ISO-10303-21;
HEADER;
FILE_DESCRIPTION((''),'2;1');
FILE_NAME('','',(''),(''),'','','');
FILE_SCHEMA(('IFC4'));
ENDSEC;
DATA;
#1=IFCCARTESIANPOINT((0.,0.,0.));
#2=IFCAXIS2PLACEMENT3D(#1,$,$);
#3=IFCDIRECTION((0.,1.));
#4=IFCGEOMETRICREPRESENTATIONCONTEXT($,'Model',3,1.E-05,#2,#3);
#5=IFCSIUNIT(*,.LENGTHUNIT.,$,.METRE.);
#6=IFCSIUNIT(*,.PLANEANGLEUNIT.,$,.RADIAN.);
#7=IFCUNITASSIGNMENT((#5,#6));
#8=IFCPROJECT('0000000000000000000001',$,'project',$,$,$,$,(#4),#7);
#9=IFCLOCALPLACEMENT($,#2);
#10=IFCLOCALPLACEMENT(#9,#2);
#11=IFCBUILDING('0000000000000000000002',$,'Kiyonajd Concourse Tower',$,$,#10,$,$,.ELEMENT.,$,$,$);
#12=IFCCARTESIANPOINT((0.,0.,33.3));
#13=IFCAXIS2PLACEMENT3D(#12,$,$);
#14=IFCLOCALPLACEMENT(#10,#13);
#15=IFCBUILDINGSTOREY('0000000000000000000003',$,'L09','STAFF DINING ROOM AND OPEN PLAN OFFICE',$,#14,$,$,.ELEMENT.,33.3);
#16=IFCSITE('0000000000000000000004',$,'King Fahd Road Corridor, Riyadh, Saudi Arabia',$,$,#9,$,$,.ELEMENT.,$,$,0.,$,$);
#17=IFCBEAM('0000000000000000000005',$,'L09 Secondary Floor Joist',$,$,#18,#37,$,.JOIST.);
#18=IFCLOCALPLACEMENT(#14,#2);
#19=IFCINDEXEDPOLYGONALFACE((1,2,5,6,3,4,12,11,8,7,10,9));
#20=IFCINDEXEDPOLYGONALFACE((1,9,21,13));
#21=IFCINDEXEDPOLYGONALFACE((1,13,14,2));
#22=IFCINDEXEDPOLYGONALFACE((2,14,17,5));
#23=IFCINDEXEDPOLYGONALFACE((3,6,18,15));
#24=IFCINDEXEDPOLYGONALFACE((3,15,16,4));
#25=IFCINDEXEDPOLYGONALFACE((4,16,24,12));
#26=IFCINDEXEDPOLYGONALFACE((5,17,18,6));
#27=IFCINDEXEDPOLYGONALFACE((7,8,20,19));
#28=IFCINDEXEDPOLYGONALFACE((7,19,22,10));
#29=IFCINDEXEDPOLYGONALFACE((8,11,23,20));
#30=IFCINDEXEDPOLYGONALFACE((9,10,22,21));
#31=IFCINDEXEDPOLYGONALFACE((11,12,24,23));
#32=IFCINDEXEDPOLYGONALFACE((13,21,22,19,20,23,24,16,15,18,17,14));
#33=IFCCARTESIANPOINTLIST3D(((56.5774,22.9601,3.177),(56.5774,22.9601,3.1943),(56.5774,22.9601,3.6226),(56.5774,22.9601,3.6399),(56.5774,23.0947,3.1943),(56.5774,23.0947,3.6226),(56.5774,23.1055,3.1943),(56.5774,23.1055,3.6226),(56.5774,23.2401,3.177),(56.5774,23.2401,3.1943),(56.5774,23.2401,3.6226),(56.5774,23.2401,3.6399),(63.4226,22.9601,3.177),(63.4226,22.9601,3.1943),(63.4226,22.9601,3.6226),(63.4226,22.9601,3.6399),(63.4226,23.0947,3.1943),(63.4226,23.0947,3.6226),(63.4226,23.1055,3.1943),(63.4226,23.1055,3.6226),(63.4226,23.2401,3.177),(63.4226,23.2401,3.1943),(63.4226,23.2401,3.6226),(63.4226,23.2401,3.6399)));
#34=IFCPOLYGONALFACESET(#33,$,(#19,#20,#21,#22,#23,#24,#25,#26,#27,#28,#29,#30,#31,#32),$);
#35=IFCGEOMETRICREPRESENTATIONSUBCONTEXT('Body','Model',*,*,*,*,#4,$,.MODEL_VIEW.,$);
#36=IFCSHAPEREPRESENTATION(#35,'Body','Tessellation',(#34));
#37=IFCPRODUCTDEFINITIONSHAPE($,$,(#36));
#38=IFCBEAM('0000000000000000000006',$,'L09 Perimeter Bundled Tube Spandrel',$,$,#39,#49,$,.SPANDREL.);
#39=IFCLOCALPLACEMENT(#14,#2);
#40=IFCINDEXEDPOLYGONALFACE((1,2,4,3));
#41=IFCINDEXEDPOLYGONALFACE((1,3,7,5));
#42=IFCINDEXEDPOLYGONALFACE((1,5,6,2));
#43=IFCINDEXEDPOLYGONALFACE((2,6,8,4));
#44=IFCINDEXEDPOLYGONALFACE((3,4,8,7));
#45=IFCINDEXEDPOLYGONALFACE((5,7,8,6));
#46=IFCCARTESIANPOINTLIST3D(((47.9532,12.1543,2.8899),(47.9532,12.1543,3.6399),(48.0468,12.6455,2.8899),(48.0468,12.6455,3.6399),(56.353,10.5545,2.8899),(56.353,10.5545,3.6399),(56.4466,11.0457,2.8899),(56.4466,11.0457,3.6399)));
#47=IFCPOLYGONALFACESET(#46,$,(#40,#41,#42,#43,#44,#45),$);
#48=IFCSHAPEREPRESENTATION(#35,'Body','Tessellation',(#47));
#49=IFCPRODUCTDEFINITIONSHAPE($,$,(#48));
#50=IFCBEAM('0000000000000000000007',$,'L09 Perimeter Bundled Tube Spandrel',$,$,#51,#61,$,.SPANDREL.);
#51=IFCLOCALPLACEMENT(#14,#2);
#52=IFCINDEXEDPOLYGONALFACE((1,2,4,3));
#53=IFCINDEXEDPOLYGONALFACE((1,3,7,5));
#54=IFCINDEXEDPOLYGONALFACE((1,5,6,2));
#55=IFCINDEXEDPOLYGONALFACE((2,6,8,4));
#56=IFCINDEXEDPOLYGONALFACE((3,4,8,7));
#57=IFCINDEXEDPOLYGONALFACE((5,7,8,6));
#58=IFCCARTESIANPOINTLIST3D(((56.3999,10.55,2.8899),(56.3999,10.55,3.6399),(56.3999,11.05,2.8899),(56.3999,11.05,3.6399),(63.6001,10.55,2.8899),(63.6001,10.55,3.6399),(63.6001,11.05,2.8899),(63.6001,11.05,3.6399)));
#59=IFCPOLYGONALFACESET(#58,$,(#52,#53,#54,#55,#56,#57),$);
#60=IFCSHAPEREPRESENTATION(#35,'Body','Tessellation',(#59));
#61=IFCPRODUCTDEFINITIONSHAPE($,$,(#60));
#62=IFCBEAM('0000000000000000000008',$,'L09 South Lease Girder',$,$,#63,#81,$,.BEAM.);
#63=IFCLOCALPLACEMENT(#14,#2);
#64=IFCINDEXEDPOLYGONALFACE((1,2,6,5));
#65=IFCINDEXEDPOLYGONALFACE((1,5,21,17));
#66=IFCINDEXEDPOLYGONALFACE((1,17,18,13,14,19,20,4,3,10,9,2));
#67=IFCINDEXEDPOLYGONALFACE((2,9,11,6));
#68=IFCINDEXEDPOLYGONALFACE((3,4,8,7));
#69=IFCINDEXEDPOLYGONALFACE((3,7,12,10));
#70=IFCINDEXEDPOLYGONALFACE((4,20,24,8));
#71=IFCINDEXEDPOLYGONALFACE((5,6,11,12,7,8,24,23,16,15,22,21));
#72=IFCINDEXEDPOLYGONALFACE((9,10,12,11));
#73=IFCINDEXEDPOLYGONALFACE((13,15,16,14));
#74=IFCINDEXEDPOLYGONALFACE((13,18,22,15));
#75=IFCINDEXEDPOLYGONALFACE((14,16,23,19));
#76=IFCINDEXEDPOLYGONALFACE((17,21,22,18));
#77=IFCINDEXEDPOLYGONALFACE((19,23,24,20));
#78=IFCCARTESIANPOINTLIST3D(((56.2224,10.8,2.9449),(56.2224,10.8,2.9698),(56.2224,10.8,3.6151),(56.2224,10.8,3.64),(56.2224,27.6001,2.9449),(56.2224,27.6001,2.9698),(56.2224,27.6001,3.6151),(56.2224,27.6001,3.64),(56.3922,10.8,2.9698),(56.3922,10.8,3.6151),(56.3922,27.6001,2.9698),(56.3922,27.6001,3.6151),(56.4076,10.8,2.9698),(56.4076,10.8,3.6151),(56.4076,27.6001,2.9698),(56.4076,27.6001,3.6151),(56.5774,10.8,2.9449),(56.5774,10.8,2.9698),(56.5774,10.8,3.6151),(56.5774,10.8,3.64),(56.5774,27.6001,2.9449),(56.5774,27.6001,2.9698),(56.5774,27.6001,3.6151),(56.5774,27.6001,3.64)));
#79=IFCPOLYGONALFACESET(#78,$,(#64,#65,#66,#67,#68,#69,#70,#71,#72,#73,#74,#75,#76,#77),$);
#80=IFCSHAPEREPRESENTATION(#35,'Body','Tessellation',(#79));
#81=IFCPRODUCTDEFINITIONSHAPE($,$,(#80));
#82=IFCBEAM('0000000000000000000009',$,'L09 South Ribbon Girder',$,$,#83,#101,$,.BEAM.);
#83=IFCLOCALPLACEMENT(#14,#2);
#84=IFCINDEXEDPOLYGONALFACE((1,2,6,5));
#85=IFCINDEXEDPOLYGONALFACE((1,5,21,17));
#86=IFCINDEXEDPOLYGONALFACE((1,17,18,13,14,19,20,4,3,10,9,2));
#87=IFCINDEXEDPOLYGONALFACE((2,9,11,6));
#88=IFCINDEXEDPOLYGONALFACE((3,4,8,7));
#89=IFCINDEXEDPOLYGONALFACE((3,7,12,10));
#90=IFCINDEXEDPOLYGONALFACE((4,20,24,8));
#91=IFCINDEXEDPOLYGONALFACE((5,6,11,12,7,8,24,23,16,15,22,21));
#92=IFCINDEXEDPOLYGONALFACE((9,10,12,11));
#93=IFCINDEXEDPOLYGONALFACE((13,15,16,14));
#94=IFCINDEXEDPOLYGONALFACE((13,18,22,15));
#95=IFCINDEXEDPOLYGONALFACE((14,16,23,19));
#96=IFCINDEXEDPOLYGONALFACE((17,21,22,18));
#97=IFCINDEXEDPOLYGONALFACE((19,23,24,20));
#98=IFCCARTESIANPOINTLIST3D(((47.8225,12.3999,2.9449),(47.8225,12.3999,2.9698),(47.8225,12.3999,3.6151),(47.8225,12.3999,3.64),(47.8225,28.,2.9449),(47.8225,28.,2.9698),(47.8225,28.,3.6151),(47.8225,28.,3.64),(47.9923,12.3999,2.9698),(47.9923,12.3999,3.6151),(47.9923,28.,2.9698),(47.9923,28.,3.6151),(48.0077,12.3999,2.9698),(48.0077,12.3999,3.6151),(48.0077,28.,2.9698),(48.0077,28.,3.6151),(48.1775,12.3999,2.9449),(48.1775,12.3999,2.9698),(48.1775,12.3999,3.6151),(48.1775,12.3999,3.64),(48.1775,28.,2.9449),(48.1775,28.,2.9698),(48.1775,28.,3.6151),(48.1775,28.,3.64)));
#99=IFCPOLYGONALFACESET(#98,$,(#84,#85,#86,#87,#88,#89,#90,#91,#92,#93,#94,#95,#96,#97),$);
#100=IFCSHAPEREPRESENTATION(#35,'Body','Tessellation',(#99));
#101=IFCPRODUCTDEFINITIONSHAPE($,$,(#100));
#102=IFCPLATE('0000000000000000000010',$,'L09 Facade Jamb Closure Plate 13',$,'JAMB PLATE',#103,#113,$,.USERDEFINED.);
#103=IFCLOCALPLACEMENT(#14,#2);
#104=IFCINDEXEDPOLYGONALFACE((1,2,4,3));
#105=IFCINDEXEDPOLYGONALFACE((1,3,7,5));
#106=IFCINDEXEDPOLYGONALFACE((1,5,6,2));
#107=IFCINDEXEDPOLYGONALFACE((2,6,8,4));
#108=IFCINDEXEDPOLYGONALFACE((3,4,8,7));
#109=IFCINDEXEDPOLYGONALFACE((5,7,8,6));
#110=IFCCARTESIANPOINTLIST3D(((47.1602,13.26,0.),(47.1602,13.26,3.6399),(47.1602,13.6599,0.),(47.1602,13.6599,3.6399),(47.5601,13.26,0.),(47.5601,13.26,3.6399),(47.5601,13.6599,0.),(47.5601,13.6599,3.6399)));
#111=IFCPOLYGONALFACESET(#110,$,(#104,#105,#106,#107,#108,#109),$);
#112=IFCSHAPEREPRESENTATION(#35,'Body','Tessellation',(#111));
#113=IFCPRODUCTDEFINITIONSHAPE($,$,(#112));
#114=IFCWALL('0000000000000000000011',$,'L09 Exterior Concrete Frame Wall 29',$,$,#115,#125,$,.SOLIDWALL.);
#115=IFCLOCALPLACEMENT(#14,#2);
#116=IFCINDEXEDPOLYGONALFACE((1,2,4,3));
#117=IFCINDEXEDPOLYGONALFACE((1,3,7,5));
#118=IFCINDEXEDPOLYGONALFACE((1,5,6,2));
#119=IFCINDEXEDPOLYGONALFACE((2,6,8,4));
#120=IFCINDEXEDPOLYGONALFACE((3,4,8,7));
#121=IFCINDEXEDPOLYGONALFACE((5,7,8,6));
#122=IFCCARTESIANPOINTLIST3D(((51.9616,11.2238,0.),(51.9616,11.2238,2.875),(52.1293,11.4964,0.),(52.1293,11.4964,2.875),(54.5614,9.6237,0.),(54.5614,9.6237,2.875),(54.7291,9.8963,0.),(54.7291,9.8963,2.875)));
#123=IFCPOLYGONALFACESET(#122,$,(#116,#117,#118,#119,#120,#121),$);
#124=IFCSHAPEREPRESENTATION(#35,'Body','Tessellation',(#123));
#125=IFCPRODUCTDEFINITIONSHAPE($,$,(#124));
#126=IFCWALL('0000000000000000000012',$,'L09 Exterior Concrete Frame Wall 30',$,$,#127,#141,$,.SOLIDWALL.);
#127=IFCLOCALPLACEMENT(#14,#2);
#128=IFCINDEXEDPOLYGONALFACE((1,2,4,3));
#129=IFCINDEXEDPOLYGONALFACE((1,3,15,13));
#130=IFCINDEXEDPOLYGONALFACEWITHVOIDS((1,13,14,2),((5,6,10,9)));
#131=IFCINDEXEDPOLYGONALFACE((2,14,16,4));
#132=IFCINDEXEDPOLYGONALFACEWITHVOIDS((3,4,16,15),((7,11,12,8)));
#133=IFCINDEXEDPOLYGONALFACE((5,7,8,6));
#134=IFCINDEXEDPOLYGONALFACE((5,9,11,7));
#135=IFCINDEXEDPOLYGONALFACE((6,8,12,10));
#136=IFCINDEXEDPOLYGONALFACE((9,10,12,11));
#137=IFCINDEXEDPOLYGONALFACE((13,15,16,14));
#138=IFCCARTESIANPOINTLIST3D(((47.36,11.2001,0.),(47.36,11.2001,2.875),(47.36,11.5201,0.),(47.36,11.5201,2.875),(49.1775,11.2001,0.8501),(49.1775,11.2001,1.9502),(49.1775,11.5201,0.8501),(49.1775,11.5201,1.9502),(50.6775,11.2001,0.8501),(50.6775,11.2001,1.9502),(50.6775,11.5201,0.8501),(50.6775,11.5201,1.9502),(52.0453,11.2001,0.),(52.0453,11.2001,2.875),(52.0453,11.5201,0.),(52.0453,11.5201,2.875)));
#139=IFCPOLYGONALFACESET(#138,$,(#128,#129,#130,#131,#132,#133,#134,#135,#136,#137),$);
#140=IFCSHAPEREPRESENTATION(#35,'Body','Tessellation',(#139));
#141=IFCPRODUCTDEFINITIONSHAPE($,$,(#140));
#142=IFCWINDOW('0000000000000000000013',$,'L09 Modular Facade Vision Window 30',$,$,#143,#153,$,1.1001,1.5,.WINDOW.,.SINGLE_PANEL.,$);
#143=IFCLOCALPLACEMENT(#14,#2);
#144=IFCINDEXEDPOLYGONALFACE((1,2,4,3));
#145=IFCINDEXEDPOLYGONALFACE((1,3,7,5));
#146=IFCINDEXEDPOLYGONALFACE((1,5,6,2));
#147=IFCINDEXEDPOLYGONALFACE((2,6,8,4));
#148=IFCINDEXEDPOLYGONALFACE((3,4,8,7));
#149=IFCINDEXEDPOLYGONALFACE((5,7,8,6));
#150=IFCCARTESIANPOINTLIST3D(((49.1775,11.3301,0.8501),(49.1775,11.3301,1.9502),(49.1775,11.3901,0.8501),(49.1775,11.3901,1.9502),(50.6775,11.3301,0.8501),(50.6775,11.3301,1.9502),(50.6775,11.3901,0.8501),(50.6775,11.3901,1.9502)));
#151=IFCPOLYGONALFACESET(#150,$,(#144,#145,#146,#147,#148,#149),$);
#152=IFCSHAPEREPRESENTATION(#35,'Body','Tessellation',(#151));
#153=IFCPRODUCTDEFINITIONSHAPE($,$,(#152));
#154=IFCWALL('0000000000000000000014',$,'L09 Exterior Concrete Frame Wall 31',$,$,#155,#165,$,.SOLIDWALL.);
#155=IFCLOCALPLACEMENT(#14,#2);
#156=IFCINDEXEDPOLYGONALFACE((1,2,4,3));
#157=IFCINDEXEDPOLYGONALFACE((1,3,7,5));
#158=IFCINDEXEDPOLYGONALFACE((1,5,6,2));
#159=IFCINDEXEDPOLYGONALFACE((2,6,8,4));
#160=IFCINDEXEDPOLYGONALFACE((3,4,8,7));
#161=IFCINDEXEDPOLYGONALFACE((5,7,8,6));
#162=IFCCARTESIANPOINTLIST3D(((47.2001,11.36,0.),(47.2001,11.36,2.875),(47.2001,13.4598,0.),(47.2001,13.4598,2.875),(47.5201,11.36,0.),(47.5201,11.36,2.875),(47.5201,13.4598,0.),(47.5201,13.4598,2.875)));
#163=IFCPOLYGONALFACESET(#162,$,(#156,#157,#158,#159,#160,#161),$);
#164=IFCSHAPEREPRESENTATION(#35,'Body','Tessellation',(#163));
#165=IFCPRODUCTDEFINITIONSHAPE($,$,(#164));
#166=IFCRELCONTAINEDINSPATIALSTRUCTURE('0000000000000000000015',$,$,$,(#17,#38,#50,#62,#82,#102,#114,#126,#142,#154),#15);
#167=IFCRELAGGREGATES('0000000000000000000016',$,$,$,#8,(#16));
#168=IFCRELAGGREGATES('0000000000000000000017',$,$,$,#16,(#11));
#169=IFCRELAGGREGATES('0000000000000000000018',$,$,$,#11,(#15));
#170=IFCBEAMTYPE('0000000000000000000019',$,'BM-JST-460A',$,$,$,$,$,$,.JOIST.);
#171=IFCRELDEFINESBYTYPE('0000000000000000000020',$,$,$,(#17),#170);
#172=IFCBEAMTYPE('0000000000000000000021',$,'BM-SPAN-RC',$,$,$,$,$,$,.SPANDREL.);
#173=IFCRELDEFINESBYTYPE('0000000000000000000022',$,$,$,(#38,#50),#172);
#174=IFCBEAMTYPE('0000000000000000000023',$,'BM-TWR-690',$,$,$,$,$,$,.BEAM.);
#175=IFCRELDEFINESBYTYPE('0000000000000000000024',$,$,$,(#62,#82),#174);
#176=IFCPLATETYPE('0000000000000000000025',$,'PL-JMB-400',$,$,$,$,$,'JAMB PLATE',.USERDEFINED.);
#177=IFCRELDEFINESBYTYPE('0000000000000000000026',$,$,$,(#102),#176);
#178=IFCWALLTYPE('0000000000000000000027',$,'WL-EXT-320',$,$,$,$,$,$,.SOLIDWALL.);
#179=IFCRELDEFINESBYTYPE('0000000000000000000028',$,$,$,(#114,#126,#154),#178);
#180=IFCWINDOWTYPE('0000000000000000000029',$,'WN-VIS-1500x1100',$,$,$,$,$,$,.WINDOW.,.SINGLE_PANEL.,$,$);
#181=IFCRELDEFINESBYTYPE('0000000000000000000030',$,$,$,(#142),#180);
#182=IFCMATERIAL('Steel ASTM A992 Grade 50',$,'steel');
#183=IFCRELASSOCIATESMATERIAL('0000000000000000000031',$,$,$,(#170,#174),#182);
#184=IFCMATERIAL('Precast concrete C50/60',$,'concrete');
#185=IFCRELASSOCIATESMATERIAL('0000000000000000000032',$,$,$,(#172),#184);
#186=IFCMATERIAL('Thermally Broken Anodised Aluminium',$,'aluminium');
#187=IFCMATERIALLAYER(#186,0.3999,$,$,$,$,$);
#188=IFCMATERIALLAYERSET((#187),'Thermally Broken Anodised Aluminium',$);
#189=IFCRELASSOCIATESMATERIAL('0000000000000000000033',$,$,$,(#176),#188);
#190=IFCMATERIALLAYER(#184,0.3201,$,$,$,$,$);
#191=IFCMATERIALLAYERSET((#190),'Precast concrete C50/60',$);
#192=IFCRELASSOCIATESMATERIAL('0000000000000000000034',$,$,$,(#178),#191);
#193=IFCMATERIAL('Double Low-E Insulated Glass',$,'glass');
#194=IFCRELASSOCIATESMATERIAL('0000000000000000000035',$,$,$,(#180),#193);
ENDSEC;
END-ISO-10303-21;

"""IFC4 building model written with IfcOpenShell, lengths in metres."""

from ifc_helpers import new_model, si_unit, direction, frame, frame_2d, origin, origin_2d, place, context, subcontext, project, spatial, rectangle, i_section, extrude, material, layer, layer_set, material_profile, profile_set, type_object, element, fill, save


model = new_model("IFC4")

# Units and contexts
model_context = context("Model", 3, precision=1e-05, world=origin(), true_north=direction((0.0, 1.0)))
body_context = subcontext(model_context, "Body", "Model", "MODEL_VIEW")
ifc_project = project(units=[si_unit("LENGTHUNIT", "METRE"), si_unit("PLANEANGLEUNIT", "RADIAN")], contexts=[model_context])

# Site, building, storey
site_placement = place(None, origin())
site = spatial("IfcSite", under=ifc_project, at=site_placement, Name="King Fahd Road Corridor, Riyadh, Saudi Arabia", CompositionType="ELEMENT", RefElevation=0.0)
building_placement = place(site_placement, origin())
building = spatial("IfcBuilding", under=site, at=building_placement, Name="Kiyonajd Concourse Tower", CompositionType="ELEMENT")
storey_placement = place(building_placement, frame((0.0, 0.0, 33.3)))
storey = spatial("IfcBuildingStorey", under=building, at=storey_placement, Name="L09", Description="STAFF DINING ROOM AND OPEN PLAN OFFICE", CompositionType="ELEMENT", Elevation=33.3)

# Beams
ifc_material_1 = material(Name="Steel ASTM A992 Grade 50", Category="steel")
ifc_material_profile_1 = material_profile(ifc_material_1, i_section(OverallWidth=0.28, OverallDepth=0.4629, WebThickness=0.0107, FlangeThickness=0.0173, at=origin_2d()), Name="W460X113")
ifc_profile_set_1 = profile_set([ifc_material_profile_1], Name="Steel ASTM A992 Grade 50")
beam_type_1 = type_object("IfcBeamType", Name="BM-JST-460A", PredefinedType="JOIST", material=ifc_profile_set_1)
beam_1_placement = place(storey_placement, frame((56.5774, 23.1001, 3.4084), z_axis=(1.0, 0.0, 0.0), x_axis=(0.0, 1.0, 0.0)))
element("IfcBeam", 1, at=beam_1_placement, inside=storey, type_object=beam_type_1, Name="L09 Secondary Floor Joist", PredefinedType="JOIST", context=body_context, shape_type="SweptSolid", body=[
    extrude(i_section(OverallWidth=0.28, OverallDepth=0.4629, WebThickness=0.0107, FlangeThickness=0.0173, at=origin_2d()), origin(), (0.0, 0.0, 1.0), 6.8452),
])
ifc_material_2 = material(Name="Precast concrete C50/60", Category="concrete")
ifc_material_profile_2 = material_profile(ifc_material_2, rectangle(XDim=0.5, YDim=0.75, at=origin_2d()), Name="RCBM-500x750")
ifc_profile_set_2 = profile_set([ifc_material_profile_2], Name="Precast concrete C50/60")
beam_type_2 = type_object("IfcBeamType", Name="BM-SPAN-RC", PredefinedType="SPANDREL", material=ifc_profile_set_2)
beam_2_placement = place(storey_placement, frame((48.0, 12.3999, 3.2649), z_axis=(0.982341, -0.187098, 0.0), x_axis=(0.187098, 0.982341, 0.0)))
element("IfcBeam", 2, at=beam_2_placement, inside=storey, type_object=beam_type_2, Name="L09 Perimeter Bundled Tube Spandrel", PredefinedType="SPANDREL", context=body_context, shape_type="SweptSolid", body=[
    extrude(rectangle(XDim=0.5, YDim=0.75, at=origin_2d()), origin(), (0.0, 0.0, 1.0), 8.5508),
])
beam_3_placement = place(storey_placement, frame((56.3999, 10.8, 3.2649), z_axis=(1.0, 0.0, 0.0), x_axis=(0.0, 1.0, 0.0)))
element("IfcBeam", 3, at=beam_3_placement, inside=storey, type_object=beam_type_2, Name="L09 Perimeter Bundled Tube Spandrel", PredefinedType="SPANDREL", context=body_context, shape_type="SweptSolid", body=[
    extrude(rectangle(XDim=0.5, YDim=0.75, at=origin_2d()), origin(), (0.0, 0.0, 1.0), 7.2002),
])
ifc_material_profile_3 = material_profile(ifc_material_1, i_section(OverallWidth=0.355, OverallDepth=0.6951, WebThickness=0.0154, FlangeThickness=0.0249, at=origin_2d()), Name="W690X217")
ifc_profile_set_3 = profile_set([ifc_material_profile_3], Name="Steel ASTM A992 Grade 50")
beam_type_3 = type_object("IfcBeamType", Name="BM-TWR-690", PredefinedType="BEAM", material=ifc_profile_set_3)
beam_4_placement = place(storey_placement, frame((56.3999, 10.8, 3.2925), z_axis=(0.0, 1.0, 0.0), x_axis=(-1.0, 0.0, 0.0)))
element("IfcBeam", 4, at=beam_4_placement, inside=storey, type_object=beam_type_3, Name="L09 South Lease Girder", PredefinedType="BEAM", context=body_context, shape_type="SweptSolid", body=[
    extrude(i_section(OverallWidth=0.355, OverallDepth=0.6951, WebThickness=0.0154, FlangeThickness=0.0249, at=origin_2d()), origin(), (0.0, 0.0, 1.0), 16.8),
])
beam_5_placement = place(storey_placement, frame((48.0, 12.3999, 3.2925), z_axis=(0.0, 1.0, 0.0), x_axis=(-1.0, 0.0, 0.0)))
element("IfcBeam", 5, at=beam_5_placement, inside=storey, type_object=beam_type_3, Name="L09 South Ribbon Girder", PredefinedType="BEAM", context=body_context, shape_type="SweptSolid", body=[
    extrude(i_section(OverallWidth=0.355, OverallDepth=0.6951, WebThickness=0.0154, FlangeThickness=0.0249, at=origin_2d()), origin(), (0.0, 0.0, 1.0), 15.6001),
])

# Plate
ifc_material_3 = material(Name="Thermally Broken Anodised Aluminium", Category="aluminium")
ifc_layer_1 = layer(ifc_material_3, 0.3999)
ifc_layer_set_1 = layer_set([ifc_layer_1], Name="Thermally Broken Anodised Aluminium")
plate_type = type_object("IfcPlateType", Name="PL-JMB-400", ElementType="JAMB PLATE", PredefinedType="USERDEFINED", material=ifc_layer_set_1)
plate_placement = place(storey_placement, frame((47.3601, 13.46, 0.0), z_axis=(0.0, 0.0, 1.0), x_axis=(1.0, 0.0, 0.0)))
element("IfcPlate", 6, at=plate_placement, inside=storey, type_object=plate_type, Name="L09 Facade Jamb Closure Plate 13", ObjectType="JAMB PLATE", PredefinedType="USERDEFINED", context=body_context, shape_type="SweptSolid", body=[
    extrude(rectangle(XDim=0.3999, YDim=0.3999, at=origin_2d()), origin(), (0.0, 0.0, 1.0), 3.6399),
])

# Wall
ifc_layer_2 = layer(ifc_material_2, 0.3201)
ifc_layer_set_2 = layer_set([ifc_layer_2], Name="Precast concrete C50/60")
wall_type_1 = type_object("IfcWallType", Name="WL-EXT-320", PredefinedType="SOLIDWALL", material=ifc_layer_set_2)
wall_1_placement = place(storey_placement, frame((54.6453, 9.76, 0.0), z_axis=(0.0, 0.0, 1.0), x_axis=(-0.851631, 0.524142, 0.0)))
element("IfcWall", 7, at=wall_1_placement, inside=storey, type_object=wall_type_1, Name="L09 Exterior Concrete Frame Wall 29", PredefinedType="SOLIDWALL", context=body_context, shape_type="SweptSolid", body=[
    extrude(rectangle(XDim=3.0527, YDim=0.3201, at=frame_2d((1.5264, 0.0))), origin(), (0.0, 0.0, 1.0), 2.875),
])

# Wall, opening, window
wall_2_placement = place(storey_placement, frame((52.0454, 11.3601, 0.0), z_axis=(0.0, 0.0, 1.0), x_axis=(-1.0, 0.0, 0.0)))
wall_2 = element("IfcWall", 8, at=wall_2_placement, inside=storey, type_object=wall_type_1, Name="L09 Exterior Concrete Frame Wall 30", PredefinedType="SOLIDWALL", context=body_context, shape_type="SweptSolid", body=[
    extrude(rectangle(XDim=4.6853, YDim=0.3201, at=frame_2d((2.3428, 0.0))), origin(), (0.0, 0.0, 1.0), 2.875),
])
opening_1_placement = place(wall_2_placement, frame((1.3679, 0.0, 0.8501)))
opening_1 = element("IfcOpeningElement", 9, at=opening_1_placement, cuts=wall_2, PredefinedType="OPENING", context=body_context, shape_type="SweptSolid", body=[
    extrude(rectangle(XDim=1.5, YDim=1.1001, at=frame_2d((0.75, 0.55))), frame((0.0, 0.1699, 0.0), z_axis=(0.0, -1.0, 0.0), x_axis=(1.0, 0.0, 0.0)), (0.0, 0.0, 1.0), 0.3401),
])
ifc_material_4 = material(Name="Double Low-E Insulated Glass", Category="glass")
window_type = type_object("IfcWindowType", Name="WN-VIS-1500x1100", PartitioningType="SINGLE_PANEL", PredefinedType="WINDOW", material=ifc_material_4)
window_placement = place(opening_1_placement, origin())
window = element("IfcWindow", 10, at=window_placement, inside=storey, type_object=window_type, Name="L09 Modular Facade Vision Window 30", OverallHeight=1.1001, OverallWidth=1.5, PartitioningType="SINGLE_PANEL", PredefinedType="WINDOW", context=body_context, shape_type="SweptSolid", body=[
    extrude(rectangle(XDim=1.5, YDim=1.1001, at=frame_2d((0.75, 0.55))), frame((0.0, 0.03, 0.0), z_axis=(0.0, -1.0, 0.0), x_axis=(1.0, 0.0, 0.0)), (0.0, 0.0, 1.0), 0.0601),
])
fill(opening_1, window)

# Wall
wall_3_placement = place(storey_placement, frame((47.3601, 11.3601, 0.0), z_axis=(0.0, 0.0, 1.0), x_axis=(0.0, 1.0, 0.0)))
element("IfcWall", 11, at=wall_3_placement, inside=storey, type_object=wall_type_1, Name="L09 Exterior Concrete Frame Wall 31", PredefinedType="SOLIDWALL", context=body_context, shape_type="SweptSolid", body=[
    extrude(rectangle(XDim=2.0999, YDim=0.3201, at=frame_2d((1.0498, 0.0))), origin(), (0.0, 0.0, 1.0), 2.875),
])

save(model, "model.ifc")
